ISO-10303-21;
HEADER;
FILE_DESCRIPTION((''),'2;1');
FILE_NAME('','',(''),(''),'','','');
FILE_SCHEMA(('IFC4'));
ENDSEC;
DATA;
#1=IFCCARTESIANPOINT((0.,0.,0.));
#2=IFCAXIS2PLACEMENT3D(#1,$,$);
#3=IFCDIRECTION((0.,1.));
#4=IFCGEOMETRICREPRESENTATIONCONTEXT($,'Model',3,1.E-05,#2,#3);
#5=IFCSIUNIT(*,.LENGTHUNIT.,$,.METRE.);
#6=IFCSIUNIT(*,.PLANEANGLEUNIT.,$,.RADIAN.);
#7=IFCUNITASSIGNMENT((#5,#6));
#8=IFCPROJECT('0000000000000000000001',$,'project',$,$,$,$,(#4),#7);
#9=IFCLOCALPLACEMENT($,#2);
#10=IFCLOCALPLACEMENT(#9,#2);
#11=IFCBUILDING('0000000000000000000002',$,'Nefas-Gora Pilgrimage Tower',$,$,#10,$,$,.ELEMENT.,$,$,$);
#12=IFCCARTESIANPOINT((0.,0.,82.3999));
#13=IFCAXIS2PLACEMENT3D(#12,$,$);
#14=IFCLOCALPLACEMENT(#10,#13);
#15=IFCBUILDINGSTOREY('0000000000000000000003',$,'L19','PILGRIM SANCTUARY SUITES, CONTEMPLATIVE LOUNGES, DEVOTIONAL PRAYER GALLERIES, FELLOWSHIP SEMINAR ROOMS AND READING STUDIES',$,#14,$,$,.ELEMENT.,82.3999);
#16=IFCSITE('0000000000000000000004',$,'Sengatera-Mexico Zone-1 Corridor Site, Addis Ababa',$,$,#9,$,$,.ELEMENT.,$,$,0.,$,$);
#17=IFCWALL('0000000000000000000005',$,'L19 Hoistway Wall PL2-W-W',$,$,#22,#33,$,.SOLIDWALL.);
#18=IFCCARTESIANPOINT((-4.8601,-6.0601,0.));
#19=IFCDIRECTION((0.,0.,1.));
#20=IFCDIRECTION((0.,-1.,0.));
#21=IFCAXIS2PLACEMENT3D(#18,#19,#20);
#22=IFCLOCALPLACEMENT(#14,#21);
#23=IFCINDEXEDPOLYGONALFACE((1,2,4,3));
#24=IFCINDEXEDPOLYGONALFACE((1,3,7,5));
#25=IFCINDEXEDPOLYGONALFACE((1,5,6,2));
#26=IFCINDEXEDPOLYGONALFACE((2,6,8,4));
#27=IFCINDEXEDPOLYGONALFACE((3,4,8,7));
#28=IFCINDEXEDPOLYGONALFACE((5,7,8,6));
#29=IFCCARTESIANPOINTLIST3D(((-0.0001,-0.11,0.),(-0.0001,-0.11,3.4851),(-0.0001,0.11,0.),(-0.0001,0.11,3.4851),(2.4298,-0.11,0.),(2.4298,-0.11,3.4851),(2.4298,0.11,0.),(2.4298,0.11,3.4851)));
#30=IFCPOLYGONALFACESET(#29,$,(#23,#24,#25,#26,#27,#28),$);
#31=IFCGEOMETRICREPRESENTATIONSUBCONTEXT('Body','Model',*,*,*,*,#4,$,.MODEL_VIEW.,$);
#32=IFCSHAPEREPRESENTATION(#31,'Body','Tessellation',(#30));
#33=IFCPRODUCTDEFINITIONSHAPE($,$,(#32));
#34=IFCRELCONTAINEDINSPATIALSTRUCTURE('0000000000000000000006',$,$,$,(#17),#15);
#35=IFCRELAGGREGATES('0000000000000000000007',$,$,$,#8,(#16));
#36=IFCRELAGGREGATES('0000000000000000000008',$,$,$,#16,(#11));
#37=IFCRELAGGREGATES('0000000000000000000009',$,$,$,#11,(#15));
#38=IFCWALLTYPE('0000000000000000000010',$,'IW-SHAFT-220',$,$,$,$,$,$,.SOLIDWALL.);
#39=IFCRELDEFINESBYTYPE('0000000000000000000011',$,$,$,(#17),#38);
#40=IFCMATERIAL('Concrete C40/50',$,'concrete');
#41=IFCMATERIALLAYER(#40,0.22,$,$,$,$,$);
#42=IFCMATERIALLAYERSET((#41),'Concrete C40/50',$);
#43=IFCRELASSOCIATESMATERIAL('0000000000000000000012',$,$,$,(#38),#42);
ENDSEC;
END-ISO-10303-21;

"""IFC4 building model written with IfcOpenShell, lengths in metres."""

from ifc_helpers import new_model, si_unit, direction, frame, frame_2d, origin, place, context, subcontext, project, spatial, rectangle, extrude, source, transform, mapped, material, layer, layer_set, type_object, element, save


model = new_model("IFC4")

# Units and contexts
model_context = context("Model", 3, precision=1e-05, world=origin(), true_north=direction((0.0, 1.0)))
body_context = subcontext(model_context, "Body", "Model", "MODEL_VIEW")
ifc_project = project(units=[si_unit("LENGTHUNIT", "METRE"), si_unit("PLANEANGLEUNIT", "RADIAN")], contexts=[model_context])

# Site, building, storey
site_placement = place(None, origin())
site = spatial("IfcSite", under=ifc_project, at=site_placement, Name="Sengatera-Mexico Zone-1 Corridor Site, Addis Ababa", CompositionType="ELEMENT", RefElevation=0.0)
building_placement = place(site_placement, origin())
building = spatial("IfcBuilding", under=site, at=building_placement, Name="Nefas-Gora Pilgrimage Tower", CompositionType="ELEMENT")
storey_placement = place(building_placement, frame((0.0, 0.0, 82.3999)))
storey = spatial("IfcBuildingStorey", under=building, at=storey_placement, Name="L19", Description="PILGRIM SANCTUARY SUITES, CONTEMPLATIVE LOUNGES, DEVOTIONAL PRAYER GALLERIES, FELLOWSHIP SEMINAR ROOMS AND READING STUDIES", CompositionType="ELEMENT", Elevation=82.3999)

# Wall
ifc_material_1 = material(Name="Concrete C40/50", Category="concrete")
ifc_layer_1 = layer(ifc_material_1, 0.22)
ifc_layer_set_1 = layer_set([ifc_layer_1], Name="Concrete C40/50")
wall_type_1 = type_object("IfcWallType", Name="IW-SHAFT-220", PredefinedType="SOLIDWALL", material=ifc_layer_set_1)
shared_shape_1 = source(origin(), body_context, "Body", "SweptSolid", [
    extrude(rectangle(XDim=2.4299, YDim=0.22, at=frame_2d((1.2148, 0.0))), origin(), (0.0, 0.0, 1.0), 3.4851),
])
for number, where, z_axis, x_axis, name in (
    (1, (-4.8601, -6.0601, 0.0), (0.0, 0.0, 1.0), (0.0, -1.0, 0.0), "L19 Hoistway Wall PL2-W-W"),
):
    element("IfcWall", number, at=place(storey_placement, frame(where, z_axis=z_axis, x_axis=x_axis)), inside=storey, type_object=wall_type_1, Name=name, PredefinedType="SOLIDWALL", context=body_context, shape_type="MappedRepresentation", body=[
        mapped(shared_shape_1, transform((0.0, 0.0, 0.0), x_axis=(1.0, 0.0, 0.0), y_axis=(0.0, 1.0, 0.0), z_axis=(0.0, 0.0, 1.0), scale=1.0)),
    ])

save(model, "model.ifc")
